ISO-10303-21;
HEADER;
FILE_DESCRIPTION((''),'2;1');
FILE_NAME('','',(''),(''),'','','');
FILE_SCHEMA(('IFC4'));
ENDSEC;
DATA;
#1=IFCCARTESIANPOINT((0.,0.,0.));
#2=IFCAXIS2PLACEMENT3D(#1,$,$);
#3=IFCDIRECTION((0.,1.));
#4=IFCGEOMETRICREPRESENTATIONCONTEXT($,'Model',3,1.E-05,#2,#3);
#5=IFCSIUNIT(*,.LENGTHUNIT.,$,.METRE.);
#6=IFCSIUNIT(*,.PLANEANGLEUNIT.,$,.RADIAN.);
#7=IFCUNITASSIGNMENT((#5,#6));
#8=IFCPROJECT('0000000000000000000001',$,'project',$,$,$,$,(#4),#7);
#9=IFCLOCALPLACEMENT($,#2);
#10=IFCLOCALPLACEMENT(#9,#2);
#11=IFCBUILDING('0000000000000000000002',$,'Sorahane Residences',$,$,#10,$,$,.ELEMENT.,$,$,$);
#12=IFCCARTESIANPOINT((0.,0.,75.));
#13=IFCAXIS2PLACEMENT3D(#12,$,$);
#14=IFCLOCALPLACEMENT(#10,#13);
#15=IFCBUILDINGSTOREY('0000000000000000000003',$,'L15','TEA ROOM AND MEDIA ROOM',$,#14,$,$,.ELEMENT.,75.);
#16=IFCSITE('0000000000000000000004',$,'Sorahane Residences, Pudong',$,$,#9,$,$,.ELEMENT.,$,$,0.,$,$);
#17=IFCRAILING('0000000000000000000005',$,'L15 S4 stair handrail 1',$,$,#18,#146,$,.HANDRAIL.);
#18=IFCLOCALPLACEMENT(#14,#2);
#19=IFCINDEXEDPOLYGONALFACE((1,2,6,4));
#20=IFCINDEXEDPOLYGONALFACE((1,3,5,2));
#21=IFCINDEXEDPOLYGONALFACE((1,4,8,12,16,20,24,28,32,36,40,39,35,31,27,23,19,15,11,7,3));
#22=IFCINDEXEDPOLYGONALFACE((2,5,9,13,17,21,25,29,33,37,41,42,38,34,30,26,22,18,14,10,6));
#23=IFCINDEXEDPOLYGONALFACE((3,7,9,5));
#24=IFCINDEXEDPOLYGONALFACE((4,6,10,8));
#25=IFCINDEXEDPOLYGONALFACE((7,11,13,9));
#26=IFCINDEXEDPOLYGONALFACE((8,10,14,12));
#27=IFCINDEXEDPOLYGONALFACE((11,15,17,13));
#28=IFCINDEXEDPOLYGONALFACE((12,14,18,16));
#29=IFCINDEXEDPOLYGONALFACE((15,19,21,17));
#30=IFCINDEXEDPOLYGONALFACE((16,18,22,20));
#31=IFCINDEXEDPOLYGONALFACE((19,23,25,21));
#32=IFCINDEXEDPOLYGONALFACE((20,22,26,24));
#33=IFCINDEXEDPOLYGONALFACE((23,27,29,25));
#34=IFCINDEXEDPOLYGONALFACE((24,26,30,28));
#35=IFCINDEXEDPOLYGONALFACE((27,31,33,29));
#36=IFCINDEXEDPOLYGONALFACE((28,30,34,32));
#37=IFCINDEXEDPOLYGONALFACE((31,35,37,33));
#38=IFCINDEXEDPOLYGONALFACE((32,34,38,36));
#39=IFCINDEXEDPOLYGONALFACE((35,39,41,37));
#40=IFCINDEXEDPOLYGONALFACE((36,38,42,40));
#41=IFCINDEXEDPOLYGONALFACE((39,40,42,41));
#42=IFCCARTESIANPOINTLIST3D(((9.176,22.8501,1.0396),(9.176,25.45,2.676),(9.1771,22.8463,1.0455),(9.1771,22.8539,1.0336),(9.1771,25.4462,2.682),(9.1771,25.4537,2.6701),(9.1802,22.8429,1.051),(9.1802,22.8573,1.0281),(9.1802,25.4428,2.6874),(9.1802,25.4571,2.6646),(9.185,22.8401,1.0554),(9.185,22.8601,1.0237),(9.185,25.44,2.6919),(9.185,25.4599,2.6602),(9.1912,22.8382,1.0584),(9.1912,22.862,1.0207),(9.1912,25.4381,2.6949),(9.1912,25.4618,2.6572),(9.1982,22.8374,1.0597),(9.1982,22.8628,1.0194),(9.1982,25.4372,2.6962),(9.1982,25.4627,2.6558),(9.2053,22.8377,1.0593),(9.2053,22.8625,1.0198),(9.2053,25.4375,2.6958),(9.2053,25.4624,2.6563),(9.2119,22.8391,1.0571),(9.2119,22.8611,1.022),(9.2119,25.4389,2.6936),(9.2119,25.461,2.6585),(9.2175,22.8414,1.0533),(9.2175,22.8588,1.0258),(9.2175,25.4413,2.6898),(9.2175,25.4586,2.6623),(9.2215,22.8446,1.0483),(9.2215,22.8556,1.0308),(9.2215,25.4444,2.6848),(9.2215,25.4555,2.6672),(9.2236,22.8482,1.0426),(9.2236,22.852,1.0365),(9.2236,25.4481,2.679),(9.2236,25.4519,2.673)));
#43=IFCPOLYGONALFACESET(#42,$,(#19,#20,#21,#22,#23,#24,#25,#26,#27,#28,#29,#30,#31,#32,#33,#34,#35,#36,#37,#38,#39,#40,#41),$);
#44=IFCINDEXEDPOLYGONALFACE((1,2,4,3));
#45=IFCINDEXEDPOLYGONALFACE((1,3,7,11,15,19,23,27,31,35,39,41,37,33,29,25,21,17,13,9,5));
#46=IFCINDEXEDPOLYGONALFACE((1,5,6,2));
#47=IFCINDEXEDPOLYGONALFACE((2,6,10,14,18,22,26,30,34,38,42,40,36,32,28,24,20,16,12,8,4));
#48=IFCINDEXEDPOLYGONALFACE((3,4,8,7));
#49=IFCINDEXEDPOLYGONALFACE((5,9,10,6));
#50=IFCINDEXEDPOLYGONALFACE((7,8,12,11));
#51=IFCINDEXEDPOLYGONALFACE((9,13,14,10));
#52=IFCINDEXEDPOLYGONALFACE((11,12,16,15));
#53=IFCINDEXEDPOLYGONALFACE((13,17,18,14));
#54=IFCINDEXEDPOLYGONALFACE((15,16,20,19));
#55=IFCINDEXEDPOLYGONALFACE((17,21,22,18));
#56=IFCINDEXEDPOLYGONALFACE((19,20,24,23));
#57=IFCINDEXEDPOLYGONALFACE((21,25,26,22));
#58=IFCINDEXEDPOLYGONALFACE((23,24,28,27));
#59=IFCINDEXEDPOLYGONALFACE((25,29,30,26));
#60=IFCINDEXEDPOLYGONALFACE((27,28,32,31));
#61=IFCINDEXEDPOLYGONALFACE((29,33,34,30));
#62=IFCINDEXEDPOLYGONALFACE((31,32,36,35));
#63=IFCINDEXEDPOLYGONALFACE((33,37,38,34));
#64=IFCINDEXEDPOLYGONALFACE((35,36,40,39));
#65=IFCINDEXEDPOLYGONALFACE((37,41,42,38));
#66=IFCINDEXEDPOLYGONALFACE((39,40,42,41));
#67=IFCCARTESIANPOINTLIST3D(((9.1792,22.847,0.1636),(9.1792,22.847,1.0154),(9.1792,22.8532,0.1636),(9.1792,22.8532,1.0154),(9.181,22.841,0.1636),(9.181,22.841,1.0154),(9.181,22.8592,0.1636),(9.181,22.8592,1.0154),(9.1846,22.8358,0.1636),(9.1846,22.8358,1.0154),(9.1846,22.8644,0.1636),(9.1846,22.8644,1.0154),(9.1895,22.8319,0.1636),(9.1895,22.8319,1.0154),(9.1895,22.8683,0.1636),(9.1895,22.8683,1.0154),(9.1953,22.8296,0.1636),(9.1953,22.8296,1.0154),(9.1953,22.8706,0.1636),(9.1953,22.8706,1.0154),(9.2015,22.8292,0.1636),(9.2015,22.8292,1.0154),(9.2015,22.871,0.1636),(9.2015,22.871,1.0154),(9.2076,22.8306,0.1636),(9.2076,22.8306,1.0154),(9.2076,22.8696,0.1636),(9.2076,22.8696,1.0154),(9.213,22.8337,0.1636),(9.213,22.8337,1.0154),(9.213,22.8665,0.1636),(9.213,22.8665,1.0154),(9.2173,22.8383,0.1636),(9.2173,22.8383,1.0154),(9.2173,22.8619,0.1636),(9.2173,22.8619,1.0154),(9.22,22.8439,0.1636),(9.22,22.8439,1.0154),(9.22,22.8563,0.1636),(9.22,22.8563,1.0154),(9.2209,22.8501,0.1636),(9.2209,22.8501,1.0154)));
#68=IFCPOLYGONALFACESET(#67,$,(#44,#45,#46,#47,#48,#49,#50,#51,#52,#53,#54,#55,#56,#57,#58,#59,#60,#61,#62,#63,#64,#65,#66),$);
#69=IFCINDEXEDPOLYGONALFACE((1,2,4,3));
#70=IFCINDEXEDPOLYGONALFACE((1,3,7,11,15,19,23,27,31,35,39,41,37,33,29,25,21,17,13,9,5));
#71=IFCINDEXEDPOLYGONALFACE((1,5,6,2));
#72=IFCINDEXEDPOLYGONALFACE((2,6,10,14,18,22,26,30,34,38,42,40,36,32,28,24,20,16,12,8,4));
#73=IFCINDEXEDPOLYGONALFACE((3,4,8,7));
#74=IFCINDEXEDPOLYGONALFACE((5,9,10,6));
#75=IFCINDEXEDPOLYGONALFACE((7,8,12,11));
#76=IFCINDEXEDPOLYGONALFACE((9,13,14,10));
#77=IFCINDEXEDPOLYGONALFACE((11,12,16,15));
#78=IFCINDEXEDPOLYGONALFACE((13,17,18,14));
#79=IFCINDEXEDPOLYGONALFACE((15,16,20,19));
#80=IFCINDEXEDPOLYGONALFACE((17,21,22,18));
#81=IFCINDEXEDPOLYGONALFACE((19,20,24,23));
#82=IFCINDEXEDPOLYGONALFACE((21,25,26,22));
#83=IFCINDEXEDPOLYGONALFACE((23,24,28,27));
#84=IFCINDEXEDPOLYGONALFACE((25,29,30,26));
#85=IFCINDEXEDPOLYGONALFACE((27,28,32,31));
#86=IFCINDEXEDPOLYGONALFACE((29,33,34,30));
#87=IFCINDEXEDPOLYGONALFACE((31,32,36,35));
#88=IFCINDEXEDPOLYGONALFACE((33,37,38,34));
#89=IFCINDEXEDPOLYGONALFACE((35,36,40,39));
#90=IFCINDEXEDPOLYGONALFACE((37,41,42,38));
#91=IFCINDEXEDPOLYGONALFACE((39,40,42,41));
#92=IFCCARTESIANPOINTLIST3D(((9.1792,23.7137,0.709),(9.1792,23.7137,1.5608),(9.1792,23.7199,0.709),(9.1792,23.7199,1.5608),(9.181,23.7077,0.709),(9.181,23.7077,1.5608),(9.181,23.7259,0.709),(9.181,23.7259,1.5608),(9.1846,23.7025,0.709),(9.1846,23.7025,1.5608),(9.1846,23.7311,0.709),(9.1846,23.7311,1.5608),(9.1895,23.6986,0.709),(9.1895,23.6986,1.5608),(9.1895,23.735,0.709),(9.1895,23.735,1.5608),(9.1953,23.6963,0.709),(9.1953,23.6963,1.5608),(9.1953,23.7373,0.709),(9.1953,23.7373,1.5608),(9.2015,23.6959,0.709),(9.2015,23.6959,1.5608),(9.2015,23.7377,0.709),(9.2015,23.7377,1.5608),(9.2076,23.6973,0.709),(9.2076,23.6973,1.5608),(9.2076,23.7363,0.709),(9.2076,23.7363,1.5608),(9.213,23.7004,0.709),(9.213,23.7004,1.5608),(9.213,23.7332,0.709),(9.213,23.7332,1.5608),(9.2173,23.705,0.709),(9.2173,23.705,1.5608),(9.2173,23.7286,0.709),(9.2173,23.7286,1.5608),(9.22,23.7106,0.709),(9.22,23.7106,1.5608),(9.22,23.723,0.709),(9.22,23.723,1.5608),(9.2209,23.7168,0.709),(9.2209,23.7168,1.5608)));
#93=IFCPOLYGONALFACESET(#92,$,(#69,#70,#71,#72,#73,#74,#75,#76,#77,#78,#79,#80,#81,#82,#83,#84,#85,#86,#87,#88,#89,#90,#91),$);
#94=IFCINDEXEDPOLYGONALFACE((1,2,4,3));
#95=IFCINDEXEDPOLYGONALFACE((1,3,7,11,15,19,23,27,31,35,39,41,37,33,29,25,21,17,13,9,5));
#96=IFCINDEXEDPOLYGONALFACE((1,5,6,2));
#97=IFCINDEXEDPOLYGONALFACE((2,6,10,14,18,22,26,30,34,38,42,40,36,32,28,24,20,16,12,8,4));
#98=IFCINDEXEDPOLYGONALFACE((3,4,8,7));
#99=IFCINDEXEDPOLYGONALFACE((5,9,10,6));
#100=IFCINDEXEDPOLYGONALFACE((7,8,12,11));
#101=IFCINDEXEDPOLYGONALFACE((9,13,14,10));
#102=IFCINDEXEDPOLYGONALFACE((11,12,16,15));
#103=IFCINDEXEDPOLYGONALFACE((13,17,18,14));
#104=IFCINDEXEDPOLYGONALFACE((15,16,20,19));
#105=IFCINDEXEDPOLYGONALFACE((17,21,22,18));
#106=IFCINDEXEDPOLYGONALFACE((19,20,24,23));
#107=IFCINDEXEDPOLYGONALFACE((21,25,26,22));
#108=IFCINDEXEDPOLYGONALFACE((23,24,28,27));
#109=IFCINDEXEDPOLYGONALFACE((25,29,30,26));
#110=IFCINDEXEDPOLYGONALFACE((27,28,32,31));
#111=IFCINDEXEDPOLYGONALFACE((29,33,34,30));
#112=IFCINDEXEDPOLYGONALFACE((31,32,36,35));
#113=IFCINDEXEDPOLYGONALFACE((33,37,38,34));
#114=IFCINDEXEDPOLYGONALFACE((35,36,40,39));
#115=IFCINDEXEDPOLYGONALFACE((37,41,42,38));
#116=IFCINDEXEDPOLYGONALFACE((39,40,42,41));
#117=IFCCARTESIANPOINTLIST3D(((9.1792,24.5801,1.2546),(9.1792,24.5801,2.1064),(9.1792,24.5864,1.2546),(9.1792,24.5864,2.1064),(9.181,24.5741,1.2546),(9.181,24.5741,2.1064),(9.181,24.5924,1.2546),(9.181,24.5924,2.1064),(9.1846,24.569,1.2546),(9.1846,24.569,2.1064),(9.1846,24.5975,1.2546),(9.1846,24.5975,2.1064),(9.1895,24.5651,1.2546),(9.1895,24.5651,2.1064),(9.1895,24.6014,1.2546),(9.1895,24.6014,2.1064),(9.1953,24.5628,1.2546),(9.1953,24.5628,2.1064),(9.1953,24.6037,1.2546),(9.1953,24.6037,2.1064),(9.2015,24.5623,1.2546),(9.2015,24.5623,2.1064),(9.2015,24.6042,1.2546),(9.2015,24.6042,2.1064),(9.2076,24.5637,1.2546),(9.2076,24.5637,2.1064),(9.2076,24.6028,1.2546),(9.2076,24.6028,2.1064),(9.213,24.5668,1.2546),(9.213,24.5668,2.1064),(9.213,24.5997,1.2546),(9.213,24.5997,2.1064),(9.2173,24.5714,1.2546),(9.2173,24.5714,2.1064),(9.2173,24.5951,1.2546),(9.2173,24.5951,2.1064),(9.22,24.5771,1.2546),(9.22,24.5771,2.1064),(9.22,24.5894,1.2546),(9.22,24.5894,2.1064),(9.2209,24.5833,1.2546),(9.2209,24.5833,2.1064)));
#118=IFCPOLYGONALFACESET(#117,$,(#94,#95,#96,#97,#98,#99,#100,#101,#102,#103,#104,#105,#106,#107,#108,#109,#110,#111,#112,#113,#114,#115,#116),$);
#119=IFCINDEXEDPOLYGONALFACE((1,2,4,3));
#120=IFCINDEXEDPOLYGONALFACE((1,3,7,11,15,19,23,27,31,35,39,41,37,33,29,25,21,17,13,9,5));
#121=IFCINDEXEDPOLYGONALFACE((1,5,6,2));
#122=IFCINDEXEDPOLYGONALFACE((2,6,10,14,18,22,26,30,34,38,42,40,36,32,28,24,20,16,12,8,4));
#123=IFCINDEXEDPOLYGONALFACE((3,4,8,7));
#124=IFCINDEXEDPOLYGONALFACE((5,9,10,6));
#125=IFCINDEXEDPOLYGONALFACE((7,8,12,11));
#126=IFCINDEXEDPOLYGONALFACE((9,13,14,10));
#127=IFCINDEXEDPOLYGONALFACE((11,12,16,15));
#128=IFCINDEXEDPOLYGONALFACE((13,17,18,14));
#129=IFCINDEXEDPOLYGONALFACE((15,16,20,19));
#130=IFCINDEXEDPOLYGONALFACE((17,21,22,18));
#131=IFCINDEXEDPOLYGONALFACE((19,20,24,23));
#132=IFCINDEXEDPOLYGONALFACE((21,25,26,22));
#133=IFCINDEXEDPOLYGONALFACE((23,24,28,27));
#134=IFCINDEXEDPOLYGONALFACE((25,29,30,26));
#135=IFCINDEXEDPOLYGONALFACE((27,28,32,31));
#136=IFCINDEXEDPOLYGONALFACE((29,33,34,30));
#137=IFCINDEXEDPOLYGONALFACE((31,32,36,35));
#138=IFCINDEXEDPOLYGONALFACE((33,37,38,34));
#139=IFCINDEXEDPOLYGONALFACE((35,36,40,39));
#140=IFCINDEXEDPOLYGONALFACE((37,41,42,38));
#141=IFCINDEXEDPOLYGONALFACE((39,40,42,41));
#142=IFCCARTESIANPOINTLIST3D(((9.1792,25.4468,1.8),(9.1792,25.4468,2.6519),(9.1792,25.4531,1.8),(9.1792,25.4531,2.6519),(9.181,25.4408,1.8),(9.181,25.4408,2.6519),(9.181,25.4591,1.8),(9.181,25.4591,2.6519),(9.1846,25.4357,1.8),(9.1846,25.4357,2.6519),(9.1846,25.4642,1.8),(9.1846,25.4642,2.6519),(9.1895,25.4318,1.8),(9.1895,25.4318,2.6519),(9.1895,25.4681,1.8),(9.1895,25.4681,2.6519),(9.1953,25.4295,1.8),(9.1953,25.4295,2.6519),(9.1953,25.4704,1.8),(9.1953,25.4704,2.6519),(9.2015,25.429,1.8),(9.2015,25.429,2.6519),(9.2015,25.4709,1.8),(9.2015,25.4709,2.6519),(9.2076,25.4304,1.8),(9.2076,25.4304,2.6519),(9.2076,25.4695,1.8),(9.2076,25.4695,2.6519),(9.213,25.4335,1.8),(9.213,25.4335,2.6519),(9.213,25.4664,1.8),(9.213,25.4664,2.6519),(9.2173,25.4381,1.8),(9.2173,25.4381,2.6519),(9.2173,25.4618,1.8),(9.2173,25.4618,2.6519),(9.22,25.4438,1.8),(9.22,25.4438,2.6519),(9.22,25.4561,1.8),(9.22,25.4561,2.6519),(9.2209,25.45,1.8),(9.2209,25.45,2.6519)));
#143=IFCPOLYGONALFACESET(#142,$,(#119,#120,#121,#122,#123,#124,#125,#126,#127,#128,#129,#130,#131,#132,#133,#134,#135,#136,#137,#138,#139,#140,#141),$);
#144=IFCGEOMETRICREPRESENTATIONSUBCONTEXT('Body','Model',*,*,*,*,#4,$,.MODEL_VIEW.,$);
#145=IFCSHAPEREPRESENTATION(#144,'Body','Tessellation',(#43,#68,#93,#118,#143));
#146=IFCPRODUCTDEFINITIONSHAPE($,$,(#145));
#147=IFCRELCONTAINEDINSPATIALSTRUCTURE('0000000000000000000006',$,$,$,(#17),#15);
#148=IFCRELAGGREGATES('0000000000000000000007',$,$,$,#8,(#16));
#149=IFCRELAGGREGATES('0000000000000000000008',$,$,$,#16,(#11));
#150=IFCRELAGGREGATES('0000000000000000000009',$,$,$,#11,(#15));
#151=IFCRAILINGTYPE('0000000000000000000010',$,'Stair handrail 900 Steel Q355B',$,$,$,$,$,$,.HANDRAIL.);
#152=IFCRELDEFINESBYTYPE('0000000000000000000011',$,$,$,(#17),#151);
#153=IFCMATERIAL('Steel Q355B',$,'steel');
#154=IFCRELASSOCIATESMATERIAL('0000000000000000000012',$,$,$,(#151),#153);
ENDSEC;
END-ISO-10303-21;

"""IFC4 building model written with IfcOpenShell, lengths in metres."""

from ifc_helpers import new_model, si_unit, direction, frame, origin, origin_2d, place, context, subcontext, project, spatial, circle, extrude, material, type_object, element, save


model = new_model("IFC4")

# Units and contexts
model_context = context("Model", 3, precision=1e-05, world=origin(), true_north=direction((0.0, 1.0)))
body_context = subcontext(model_context, "Body", "Model", "MODEL_VIEW")
ifc_project = project(units=[si_unit("LENGTHUNIT", "METRE"), si_unit("PLANEANGLEUNIT", "RADIAN")], contexts=[model_context])

# Site, building, storey
site_placement = place(None, origin())
site = spatial("IfcSite", under=ifc_project, at=site_placement, Name="Sorahane Residences, Pudong", CompositionType="ELEMENT", RefElevation=0.0)
building_placement = place(site_placement, origin())
building = spatial("IfcBuilding", under=site, at=building_placement, Name="Sorahane Residences", CompositionType="ELEMENT")
storey_placement = place(building_placement, frame((0.0, 0.0, 75.0)))
storey = spatial("IfcBuildingStorey", under=building, at=storey_placement, Name="L15", Description="TEA ROOM AND MEDIA ROOM", CompositionType="ELEMENT", Elevation=75.0)

# Railing
ifc_material_1 = material(Name="Steel Q355B", Category="steel")
railing_type_1 = type_object("IfcRailingType", Name="Stair handrail 900 Steel Q355B", PredefinedType="HANDRAIL", material=ifc_material_1)
railing_1_placement = place(storey_placement, frame((9.2, 22.8501, 0.1636)))
element("IfcRailing", 1, at=railing_1_placement, inside=storey, type_object=railing_type_1, Name="L15 S4 stair handrail 1", PredefinedType="HANDRAIL", context=body_context, shape_type="SweptSolid", body=[
    extrude(circle(Radius=0.0239, at=origin_2d()), frame((0.0, 0.0, 0.876), z_axis=(0.0, 0.846302, 0.532704), x_axis=(-1.0, 0.0, 0.0)), (0.0, 0.0, 1.0), 3.072),
    extrude(circle(Radius=0.021, at=origin_2d()), origin(), (0.0, 0.0, 1.0), 0.8518),
    extrude(circle(Radius=0.021, at=origin_2d()), frame((0.0, 0.8667, 0.5454)), (0.0, 0.0, 1.0), 0.8518),
    extrude(circle(Radius=0.021, at=origin_2d()), frame((0.0, 1.7332, 1.0911)), (0.0, 0.0, 1.0), 0.8518),
    extrude(circle(Radius=0.021, at=origin_2d()), frame((0.0, 2.5999, 1.6365)), (0.0, 0.0, 1.0), 0.8518),
])

save(model, "model.ifc")
